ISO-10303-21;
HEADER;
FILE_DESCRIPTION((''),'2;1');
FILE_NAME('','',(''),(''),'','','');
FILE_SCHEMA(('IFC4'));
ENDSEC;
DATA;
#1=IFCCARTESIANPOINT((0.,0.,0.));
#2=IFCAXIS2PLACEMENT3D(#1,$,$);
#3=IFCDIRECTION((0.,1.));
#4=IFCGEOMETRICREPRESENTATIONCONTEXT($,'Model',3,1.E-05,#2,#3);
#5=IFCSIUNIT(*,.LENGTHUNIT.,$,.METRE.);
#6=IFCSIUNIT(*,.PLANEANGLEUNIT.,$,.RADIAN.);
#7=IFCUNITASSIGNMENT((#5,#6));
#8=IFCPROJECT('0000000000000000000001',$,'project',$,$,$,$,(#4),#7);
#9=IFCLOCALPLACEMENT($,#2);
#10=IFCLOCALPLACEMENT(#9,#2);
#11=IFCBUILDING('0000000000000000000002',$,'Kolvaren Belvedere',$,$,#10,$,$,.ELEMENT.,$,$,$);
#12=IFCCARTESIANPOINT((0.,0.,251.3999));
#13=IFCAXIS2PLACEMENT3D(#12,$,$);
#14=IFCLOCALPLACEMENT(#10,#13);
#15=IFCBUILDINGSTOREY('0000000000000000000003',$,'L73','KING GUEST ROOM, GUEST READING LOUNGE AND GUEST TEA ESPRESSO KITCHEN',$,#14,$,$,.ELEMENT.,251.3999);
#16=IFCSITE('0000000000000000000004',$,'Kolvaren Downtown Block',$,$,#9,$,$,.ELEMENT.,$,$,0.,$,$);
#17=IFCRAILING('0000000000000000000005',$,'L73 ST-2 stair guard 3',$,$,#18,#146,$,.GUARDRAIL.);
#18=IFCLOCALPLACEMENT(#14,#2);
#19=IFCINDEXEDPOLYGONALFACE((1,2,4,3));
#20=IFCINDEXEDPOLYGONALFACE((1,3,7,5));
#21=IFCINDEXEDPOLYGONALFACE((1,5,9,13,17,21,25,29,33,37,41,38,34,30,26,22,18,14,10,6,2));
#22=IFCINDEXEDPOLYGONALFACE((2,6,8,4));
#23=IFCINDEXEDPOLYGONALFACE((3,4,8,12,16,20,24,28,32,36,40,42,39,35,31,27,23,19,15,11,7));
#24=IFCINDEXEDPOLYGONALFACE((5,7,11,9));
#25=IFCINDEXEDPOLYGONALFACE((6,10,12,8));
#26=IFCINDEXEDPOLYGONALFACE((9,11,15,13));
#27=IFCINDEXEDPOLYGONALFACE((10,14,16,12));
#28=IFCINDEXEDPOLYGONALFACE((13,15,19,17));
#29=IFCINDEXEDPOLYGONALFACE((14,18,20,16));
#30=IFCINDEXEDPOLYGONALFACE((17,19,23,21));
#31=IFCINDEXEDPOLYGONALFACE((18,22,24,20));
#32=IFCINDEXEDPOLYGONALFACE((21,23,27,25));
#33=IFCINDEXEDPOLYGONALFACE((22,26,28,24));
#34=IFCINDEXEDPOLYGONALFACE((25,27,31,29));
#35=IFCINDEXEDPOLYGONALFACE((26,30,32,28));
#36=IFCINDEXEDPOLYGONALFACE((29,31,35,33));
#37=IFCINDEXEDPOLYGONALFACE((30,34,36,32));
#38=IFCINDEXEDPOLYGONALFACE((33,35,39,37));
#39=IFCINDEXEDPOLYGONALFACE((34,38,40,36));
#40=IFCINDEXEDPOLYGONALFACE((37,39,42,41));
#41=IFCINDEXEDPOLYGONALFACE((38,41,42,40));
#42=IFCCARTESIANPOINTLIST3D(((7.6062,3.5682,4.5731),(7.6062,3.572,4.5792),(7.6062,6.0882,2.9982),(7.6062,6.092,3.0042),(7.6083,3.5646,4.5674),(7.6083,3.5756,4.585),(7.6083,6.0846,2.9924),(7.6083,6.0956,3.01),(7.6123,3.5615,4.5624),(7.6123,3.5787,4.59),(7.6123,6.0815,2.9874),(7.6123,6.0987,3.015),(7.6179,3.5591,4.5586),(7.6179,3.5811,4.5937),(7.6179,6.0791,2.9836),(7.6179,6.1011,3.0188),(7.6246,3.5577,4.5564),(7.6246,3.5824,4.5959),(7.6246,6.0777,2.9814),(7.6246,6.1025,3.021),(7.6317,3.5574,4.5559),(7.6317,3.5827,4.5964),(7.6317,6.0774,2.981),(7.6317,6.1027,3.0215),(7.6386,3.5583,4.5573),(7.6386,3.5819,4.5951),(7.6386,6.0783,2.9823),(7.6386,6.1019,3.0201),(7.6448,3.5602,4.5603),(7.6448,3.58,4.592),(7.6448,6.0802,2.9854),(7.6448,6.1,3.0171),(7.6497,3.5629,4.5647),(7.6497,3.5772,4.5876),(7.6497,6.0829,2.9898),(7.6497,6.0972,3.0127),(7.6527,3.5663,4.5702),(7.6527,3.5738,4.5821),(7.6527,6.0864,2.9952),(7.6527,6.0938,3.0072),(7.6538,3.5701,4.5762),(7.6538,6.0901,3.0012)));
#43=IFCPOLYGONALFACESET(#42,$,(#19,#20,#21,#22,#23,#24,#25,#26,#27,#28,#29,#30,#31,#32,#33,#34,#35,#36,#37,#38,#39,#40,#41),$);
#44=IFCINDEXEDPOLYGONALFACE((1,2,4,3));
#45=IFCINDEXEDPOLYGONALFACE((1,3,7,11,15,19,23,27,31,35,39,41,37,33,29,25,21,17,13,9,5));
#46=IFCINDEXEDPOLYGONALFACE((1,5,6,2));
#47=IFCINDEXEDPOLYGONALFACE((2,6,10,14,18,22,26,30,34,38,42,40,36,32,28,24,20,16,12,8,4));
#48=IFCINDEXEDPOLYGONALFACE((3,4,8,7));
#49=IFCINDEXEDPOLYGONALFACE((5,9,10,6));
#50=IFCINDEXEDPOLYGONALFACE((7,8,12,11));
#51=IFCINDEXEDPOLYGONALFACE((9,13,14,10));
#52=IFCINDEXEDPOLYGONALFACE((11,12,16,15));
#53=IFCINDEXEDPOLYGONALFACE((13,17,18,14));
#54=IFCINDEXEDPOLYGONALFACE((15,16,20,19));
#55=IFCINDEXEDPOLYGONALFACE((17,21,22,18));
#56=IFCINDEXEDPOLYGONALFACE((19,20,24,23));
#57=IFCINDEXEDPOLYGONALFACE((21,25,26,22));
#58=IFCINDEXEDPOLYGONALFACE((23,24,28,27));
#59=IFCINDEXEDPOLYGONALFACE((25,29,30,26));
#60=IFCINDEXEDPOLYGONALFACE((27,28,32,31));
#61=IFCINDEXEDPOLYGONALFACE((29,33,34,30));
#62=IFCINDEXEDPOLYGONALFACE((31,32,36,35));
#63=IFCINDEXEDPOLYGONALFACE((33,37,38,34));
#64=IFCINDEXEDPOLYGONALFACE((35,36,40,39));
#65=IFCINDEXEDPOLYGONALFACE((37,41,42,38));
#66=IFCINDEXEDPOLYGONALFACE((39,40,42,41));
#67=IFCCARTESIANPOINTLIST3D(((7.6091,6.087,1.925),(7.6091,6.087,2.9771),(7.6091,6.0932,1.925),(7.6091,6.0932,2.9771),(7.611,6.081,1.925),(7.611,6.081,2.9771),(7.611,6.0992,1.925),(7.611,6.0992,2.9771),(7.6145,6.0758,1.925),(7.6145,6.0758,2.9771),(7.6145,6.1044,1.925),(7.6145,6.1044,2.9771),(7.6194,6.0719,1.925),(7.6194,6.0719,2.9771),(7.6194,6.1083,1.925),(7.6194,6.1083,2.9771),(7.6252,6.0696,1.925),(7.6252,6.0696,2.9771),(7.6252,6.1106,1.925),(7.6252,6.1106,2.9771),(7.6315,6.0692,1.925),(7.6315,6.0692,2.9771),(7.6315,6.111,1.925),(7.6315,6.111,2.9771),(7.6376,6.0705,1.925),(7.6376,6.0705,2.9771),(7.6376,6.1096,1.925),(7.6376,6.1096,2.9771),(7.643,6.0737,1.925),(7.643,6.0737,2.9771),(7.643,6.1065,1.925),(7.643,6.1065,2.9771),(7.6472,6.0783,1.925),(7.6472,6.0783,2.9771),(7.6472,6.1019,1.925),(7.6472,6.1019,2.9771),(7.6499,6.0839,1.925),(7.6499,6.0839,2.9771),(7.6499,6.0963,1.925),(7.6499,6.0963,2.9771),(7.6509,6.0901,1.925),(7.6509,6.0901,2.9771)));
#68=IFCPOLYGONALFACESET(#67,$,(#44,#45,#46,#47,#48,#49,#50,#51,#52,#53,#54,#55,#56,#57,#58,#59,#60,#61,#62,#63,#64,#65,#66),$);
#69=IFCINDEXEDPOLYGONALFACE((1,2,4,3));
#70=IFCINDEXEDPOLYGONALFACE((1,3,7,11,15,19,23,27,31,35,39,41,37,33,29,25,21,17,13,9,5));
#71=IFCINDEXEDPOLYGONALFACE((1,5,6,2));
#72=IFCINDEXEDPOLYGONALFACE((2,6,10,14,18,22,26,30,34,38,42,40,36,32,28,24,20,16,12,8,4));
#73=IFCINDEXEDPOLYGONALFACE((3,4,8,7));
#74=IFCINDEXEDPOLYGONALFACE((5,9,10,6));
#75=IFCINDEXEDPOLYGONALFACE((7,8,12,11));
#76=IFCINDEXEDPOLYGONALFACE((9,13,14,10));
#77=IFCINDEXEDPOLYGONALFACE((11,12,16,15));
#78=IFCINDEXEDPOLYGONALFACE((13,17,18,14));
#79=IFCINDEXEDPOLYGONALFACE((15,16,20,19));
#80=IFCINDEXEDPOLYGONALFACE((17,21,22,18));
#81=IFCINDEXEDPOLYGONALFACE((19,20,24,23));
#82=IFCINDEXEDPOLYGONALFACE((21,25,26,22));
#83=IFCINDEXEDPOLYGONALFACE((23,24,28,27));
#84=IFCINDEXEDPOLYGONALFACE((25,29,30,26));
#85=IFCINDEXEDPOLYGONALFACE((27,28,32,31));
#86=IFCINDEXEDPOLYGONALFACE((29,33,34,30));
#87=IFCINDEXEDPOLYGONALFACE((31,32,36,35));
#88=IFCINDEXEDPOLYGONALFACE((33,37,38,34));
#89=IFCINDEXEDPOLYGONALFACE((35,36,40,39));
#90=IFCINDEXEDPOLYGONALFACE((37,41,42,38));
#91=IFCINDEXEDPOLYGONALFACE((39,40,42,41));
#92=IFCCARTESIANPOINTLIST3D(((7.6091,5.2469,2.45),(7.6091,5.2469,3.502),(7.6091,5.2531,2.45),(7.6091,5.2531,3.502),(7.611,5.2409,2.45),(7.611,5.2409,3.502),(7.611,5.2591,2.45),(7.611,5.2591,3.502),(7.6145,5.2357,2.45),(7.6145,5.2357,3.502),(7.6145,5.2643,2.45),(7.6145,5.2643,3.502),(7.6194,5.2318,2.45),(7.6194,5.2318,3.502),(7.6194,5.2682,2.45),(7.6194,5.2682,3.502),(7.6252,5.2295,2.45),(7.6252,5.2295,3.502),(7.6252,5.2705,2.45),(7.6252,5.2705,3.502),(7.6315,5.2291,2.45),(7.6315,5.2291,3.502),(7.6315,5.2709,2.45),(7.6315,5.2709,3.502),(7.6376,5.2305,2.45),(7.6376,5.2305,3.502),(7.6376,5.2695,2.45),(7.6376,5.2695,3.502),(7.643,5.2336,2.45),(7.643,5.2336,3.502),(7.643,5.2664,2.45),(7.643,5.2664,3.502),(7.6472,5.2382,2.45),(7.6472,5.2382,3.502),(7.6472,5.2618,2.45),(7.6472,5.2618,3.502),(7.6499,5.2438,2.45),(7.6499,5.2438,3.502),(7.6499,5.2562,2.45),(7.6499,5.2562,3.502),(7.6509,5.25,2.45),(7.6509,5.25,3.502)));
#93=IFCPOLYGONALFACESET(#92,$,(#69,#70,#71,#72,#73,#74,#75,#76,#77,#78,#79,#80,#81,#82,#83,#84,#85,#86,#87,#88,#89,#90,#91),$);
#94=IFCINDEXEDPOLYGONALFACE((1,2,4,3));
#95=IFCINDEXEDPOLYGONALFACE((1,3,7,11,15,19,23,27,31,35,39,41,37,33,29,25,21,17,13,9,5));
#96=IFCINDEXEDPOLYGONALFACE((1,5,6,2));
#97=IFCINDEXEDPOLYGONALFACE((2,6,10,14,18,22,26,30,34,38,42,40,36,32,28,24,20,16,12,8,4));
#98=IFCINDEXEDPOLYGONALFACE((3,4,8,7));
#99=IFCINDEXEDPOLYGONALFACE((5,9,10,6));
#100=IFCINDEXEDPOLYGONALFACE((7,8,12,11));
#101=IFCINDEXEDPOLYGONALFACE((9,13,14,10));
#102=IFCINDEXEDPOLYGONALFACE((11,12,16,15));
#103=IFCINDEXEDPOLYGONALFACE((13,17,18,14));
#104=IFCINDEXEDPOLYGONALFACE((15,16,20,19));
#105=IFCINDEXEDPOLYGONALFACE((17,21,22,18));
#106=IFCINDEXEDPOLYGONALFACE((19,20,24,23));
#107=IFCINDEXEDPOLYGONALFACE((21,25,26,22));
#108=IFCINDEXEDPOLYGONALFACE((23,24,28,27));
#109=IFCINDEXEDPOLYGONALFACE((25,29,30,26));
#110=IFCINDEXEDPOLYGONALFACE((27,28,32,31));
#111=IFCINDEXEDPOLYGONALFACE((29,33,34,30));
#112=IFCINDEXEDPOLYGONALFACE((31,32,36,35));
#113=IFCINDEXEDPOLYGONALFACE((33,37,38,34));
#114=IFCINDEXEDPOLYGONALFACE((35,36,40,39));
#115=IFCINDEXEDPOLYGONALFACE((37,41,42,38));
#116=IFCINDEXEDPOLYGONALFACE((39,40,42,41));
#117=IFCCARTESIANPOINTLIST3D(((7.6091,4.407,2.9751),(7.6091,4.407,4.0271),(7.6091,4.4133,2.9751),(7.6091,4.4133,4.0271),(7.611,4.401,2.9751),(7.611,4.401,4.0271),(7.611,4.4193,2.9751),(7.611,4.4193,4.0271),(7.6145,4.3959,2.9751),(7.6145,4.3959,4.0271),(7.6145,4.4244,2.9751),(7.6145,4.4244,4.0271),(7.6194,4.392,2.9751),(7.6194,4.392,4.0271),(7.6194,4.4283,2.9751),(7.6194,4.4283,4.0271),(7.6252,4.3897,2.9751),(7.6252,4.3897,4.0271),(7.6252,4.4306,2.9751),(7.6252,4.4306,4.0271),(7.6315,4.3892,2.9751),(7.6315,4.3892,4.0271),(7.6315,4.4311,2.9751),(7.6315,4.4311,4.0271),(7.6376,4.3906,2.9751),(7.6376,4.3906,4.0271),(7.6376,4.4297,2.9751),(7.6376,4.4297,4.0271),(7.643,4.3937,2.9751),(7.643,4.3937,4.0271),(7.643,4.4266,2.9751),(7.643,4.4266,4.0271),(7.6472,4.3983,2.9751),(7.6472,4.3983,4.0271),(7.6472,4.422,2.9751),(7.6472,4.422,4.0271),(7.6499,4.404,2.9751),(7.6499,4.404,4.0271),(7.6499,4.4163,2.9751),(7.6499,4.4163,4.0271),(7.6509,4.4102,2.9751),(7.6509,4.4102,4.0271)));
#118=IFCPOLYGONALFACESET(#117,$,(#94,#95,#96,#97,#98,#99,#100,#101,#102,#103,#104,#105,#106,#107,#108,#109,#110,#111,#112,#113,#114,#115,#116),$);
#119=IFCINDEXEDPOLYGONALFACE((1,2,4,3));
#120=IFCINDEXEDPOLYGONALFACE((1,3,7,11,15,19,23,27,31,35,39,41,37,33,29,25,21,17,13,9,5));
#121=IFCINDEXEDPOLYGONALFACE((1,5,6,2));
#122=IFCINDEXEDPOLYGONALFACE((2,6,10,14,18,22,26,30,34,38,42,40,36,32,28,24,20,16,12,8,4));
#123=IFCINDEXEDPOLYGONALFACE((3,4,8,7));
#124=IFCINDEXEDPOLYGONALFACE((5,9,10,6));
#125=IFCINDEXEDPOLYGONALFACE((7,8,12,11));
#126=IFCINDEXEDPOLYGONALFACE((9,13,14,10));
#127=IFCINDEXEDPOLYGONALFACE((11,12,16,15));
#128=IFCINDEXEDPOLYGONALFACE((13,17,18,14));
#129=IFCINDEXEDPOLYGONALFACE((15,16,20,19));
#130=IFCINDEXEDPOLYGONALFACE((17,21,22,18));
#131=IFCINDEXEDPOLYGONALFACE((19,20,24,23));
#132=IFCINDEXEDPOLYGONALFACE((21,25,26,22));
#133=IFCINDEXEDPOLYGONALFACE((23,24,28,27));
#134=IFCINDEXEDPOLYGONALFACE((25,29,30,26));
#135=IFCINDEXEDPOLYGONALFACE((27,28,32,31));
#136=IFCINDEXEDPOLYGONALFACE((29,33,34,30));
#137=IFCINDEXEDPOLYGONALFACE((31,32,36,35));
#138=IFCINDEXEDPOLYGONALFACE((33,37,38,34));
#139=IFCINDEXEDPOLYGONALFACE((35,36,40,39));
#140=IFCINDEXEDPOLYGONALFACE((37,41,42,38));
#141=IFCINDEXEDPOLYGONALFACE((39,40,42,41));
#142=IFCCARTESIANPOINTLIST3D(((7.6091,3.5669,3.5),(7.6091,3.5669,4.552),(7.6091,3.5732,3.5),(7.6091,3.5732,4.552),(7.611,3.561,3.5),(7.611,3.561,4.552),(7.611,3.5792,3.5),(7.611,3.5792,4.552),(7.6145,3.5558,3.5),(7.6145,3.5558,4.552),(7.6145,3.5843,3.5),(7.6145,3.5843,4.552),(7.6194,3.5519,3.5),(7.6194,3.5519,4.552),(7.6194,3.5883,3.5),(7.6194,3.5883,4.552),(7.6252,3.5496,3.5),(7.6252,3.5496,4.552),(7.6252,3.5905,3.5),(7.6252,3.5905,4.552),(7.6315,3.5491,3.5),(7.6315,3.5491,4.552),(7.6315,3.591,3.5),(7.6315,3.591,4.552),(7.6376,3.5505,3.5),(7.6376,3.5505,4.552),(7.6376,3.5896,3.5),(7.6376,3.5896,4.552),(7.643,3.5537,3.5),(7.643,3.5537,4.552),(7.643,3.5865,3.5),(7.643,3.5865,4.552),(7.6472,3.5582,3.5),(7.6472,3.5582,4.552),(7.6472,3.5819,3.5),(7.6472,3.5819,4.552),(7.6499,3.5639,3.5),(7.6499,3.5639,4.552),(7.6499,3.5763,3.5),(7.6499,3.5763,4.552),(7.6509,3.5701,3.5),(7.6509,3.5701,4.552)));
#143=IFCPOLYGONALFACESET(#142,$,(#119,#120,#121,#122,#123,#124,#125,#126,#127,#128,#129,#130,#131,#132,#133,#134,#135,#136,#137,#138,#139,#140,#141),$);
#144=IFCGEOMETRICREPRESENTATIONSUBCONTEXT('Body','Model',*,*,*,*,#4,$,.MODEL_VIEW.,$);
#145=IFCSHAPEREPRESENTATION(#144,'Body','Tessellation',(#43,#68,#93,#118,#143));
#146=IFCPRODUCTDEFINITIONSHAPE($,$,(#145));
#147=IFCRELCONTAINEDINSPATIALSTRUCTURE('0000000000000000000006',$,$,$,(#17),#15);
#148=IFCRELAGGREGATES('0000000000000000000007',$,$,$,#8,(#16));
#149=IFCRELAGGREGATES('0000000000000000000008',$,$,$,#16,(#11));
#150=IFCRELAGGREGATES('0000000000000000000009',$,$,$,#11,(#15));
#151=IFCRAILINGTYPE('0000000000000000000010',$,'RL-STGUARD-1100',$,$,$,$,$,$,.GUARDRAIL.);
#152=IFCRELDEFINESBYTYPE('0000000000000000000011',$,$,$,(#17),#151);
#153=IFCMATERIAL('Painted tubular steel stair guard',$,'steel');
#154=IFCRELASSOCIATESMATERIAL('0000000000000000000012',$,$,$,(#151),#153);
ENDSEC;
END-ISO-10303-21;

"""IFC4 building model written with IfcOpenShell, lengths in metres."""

from ifc_helpers import new_model, si_unit, direction, frame, origin, origin_2d, place, context, subcontext, project, spatial, circle, extrude, material, type_object, element, save


model = new_model("IFC4")

# Units and contexts
model_context = context("Model", 3, precision=1e-05, world=origin(), true_north=direction((0.0, 1.0)))
body_context = subcontext(model_context, "Body", "Model", "MODEL_VIEW")
ifc_project = project(units=[si_unit("LENGTHUNIT", "METRE"), si_unit("PLANEANGLEUNIT", "RADIAN")], contexts=[model_context])

# Site, building, storey
site_placement = place(None, origin())
site = spatial("IfcSite", under=ifc_project, at=site_placement, Name="Kolvaren Downtown Block", CompositionType="ELEMENT", RefElevation=0.0)
building_placement = place(site_placement, origin())
building = spatial("IfcBuilding", under=site, at=building_placement, Name="Kolvaren Belvedere", CompositionType="ELEMENT")
storey_placement = place(building_placement, frame((0.0, 0.0, 251.3999)))
storey = spatial("IfcBuildingStorey", under=building, at=storey_placement, Name="L73", Description="KING GUEST ROOM, GUEST READING LOUNGE AND GUEST TEA ESPRESSO KITCHEN", CompositionType="ELEMENT", Elevation=251.3999)

# Railing
ifc_material_1 = material(Name="Painted tubular steel stair guard", Category="steel")
railing_type_1 = type_object("IfcRailingType", Name="RL-STGUARD-1100", PredefinedType="GUARDRAIL", material=ifc_material_1)
railing_1_placement = place(storey_placement, frame((7.6299, 6.0901, 1.925)))
element("IfcRailing", 1, at=railing_1_placement, inside=storey, type_object=railing_type_1, Name="L73 ST-2 stair guard 3", PredefinedType="GUARDRAIL", context=body_context, shape_type="SweptSolid", body=[
    extrude(circle(Radius=0.0239, at=origin_2d()), frame((0.0, 0.0, 1.0762), z_axis=(0.0, -0.848008, 0.529984), x_axis=(1.0, 0.0, 0.0)), (0.0, 0.0, 1.0), 2.9717),
    extrude(circle(Radius=0.021, at=origin_2d()), origin(), (0.0, 0.0, 1.0), 1.052),
    extrude(circle(Radius=0.021, at=origin_2d()), frame((0.0, -0.8401, 0.5249)), (0.0, 0.0, 1.0), 1.052),
    extrude(circle(Radius=0.021, at=origin_2d()), frame((0.0, -1.6799, 1.05)), (0.0, 0.0, 1.0), 1.052),
    extrude(circle(Radius=0.021, at=origin_2d()), frame((0.0, -2.52, 1.575)), (0.0, 0.0, 1.0), 1.052),
])

save(model, "model.ifc")
